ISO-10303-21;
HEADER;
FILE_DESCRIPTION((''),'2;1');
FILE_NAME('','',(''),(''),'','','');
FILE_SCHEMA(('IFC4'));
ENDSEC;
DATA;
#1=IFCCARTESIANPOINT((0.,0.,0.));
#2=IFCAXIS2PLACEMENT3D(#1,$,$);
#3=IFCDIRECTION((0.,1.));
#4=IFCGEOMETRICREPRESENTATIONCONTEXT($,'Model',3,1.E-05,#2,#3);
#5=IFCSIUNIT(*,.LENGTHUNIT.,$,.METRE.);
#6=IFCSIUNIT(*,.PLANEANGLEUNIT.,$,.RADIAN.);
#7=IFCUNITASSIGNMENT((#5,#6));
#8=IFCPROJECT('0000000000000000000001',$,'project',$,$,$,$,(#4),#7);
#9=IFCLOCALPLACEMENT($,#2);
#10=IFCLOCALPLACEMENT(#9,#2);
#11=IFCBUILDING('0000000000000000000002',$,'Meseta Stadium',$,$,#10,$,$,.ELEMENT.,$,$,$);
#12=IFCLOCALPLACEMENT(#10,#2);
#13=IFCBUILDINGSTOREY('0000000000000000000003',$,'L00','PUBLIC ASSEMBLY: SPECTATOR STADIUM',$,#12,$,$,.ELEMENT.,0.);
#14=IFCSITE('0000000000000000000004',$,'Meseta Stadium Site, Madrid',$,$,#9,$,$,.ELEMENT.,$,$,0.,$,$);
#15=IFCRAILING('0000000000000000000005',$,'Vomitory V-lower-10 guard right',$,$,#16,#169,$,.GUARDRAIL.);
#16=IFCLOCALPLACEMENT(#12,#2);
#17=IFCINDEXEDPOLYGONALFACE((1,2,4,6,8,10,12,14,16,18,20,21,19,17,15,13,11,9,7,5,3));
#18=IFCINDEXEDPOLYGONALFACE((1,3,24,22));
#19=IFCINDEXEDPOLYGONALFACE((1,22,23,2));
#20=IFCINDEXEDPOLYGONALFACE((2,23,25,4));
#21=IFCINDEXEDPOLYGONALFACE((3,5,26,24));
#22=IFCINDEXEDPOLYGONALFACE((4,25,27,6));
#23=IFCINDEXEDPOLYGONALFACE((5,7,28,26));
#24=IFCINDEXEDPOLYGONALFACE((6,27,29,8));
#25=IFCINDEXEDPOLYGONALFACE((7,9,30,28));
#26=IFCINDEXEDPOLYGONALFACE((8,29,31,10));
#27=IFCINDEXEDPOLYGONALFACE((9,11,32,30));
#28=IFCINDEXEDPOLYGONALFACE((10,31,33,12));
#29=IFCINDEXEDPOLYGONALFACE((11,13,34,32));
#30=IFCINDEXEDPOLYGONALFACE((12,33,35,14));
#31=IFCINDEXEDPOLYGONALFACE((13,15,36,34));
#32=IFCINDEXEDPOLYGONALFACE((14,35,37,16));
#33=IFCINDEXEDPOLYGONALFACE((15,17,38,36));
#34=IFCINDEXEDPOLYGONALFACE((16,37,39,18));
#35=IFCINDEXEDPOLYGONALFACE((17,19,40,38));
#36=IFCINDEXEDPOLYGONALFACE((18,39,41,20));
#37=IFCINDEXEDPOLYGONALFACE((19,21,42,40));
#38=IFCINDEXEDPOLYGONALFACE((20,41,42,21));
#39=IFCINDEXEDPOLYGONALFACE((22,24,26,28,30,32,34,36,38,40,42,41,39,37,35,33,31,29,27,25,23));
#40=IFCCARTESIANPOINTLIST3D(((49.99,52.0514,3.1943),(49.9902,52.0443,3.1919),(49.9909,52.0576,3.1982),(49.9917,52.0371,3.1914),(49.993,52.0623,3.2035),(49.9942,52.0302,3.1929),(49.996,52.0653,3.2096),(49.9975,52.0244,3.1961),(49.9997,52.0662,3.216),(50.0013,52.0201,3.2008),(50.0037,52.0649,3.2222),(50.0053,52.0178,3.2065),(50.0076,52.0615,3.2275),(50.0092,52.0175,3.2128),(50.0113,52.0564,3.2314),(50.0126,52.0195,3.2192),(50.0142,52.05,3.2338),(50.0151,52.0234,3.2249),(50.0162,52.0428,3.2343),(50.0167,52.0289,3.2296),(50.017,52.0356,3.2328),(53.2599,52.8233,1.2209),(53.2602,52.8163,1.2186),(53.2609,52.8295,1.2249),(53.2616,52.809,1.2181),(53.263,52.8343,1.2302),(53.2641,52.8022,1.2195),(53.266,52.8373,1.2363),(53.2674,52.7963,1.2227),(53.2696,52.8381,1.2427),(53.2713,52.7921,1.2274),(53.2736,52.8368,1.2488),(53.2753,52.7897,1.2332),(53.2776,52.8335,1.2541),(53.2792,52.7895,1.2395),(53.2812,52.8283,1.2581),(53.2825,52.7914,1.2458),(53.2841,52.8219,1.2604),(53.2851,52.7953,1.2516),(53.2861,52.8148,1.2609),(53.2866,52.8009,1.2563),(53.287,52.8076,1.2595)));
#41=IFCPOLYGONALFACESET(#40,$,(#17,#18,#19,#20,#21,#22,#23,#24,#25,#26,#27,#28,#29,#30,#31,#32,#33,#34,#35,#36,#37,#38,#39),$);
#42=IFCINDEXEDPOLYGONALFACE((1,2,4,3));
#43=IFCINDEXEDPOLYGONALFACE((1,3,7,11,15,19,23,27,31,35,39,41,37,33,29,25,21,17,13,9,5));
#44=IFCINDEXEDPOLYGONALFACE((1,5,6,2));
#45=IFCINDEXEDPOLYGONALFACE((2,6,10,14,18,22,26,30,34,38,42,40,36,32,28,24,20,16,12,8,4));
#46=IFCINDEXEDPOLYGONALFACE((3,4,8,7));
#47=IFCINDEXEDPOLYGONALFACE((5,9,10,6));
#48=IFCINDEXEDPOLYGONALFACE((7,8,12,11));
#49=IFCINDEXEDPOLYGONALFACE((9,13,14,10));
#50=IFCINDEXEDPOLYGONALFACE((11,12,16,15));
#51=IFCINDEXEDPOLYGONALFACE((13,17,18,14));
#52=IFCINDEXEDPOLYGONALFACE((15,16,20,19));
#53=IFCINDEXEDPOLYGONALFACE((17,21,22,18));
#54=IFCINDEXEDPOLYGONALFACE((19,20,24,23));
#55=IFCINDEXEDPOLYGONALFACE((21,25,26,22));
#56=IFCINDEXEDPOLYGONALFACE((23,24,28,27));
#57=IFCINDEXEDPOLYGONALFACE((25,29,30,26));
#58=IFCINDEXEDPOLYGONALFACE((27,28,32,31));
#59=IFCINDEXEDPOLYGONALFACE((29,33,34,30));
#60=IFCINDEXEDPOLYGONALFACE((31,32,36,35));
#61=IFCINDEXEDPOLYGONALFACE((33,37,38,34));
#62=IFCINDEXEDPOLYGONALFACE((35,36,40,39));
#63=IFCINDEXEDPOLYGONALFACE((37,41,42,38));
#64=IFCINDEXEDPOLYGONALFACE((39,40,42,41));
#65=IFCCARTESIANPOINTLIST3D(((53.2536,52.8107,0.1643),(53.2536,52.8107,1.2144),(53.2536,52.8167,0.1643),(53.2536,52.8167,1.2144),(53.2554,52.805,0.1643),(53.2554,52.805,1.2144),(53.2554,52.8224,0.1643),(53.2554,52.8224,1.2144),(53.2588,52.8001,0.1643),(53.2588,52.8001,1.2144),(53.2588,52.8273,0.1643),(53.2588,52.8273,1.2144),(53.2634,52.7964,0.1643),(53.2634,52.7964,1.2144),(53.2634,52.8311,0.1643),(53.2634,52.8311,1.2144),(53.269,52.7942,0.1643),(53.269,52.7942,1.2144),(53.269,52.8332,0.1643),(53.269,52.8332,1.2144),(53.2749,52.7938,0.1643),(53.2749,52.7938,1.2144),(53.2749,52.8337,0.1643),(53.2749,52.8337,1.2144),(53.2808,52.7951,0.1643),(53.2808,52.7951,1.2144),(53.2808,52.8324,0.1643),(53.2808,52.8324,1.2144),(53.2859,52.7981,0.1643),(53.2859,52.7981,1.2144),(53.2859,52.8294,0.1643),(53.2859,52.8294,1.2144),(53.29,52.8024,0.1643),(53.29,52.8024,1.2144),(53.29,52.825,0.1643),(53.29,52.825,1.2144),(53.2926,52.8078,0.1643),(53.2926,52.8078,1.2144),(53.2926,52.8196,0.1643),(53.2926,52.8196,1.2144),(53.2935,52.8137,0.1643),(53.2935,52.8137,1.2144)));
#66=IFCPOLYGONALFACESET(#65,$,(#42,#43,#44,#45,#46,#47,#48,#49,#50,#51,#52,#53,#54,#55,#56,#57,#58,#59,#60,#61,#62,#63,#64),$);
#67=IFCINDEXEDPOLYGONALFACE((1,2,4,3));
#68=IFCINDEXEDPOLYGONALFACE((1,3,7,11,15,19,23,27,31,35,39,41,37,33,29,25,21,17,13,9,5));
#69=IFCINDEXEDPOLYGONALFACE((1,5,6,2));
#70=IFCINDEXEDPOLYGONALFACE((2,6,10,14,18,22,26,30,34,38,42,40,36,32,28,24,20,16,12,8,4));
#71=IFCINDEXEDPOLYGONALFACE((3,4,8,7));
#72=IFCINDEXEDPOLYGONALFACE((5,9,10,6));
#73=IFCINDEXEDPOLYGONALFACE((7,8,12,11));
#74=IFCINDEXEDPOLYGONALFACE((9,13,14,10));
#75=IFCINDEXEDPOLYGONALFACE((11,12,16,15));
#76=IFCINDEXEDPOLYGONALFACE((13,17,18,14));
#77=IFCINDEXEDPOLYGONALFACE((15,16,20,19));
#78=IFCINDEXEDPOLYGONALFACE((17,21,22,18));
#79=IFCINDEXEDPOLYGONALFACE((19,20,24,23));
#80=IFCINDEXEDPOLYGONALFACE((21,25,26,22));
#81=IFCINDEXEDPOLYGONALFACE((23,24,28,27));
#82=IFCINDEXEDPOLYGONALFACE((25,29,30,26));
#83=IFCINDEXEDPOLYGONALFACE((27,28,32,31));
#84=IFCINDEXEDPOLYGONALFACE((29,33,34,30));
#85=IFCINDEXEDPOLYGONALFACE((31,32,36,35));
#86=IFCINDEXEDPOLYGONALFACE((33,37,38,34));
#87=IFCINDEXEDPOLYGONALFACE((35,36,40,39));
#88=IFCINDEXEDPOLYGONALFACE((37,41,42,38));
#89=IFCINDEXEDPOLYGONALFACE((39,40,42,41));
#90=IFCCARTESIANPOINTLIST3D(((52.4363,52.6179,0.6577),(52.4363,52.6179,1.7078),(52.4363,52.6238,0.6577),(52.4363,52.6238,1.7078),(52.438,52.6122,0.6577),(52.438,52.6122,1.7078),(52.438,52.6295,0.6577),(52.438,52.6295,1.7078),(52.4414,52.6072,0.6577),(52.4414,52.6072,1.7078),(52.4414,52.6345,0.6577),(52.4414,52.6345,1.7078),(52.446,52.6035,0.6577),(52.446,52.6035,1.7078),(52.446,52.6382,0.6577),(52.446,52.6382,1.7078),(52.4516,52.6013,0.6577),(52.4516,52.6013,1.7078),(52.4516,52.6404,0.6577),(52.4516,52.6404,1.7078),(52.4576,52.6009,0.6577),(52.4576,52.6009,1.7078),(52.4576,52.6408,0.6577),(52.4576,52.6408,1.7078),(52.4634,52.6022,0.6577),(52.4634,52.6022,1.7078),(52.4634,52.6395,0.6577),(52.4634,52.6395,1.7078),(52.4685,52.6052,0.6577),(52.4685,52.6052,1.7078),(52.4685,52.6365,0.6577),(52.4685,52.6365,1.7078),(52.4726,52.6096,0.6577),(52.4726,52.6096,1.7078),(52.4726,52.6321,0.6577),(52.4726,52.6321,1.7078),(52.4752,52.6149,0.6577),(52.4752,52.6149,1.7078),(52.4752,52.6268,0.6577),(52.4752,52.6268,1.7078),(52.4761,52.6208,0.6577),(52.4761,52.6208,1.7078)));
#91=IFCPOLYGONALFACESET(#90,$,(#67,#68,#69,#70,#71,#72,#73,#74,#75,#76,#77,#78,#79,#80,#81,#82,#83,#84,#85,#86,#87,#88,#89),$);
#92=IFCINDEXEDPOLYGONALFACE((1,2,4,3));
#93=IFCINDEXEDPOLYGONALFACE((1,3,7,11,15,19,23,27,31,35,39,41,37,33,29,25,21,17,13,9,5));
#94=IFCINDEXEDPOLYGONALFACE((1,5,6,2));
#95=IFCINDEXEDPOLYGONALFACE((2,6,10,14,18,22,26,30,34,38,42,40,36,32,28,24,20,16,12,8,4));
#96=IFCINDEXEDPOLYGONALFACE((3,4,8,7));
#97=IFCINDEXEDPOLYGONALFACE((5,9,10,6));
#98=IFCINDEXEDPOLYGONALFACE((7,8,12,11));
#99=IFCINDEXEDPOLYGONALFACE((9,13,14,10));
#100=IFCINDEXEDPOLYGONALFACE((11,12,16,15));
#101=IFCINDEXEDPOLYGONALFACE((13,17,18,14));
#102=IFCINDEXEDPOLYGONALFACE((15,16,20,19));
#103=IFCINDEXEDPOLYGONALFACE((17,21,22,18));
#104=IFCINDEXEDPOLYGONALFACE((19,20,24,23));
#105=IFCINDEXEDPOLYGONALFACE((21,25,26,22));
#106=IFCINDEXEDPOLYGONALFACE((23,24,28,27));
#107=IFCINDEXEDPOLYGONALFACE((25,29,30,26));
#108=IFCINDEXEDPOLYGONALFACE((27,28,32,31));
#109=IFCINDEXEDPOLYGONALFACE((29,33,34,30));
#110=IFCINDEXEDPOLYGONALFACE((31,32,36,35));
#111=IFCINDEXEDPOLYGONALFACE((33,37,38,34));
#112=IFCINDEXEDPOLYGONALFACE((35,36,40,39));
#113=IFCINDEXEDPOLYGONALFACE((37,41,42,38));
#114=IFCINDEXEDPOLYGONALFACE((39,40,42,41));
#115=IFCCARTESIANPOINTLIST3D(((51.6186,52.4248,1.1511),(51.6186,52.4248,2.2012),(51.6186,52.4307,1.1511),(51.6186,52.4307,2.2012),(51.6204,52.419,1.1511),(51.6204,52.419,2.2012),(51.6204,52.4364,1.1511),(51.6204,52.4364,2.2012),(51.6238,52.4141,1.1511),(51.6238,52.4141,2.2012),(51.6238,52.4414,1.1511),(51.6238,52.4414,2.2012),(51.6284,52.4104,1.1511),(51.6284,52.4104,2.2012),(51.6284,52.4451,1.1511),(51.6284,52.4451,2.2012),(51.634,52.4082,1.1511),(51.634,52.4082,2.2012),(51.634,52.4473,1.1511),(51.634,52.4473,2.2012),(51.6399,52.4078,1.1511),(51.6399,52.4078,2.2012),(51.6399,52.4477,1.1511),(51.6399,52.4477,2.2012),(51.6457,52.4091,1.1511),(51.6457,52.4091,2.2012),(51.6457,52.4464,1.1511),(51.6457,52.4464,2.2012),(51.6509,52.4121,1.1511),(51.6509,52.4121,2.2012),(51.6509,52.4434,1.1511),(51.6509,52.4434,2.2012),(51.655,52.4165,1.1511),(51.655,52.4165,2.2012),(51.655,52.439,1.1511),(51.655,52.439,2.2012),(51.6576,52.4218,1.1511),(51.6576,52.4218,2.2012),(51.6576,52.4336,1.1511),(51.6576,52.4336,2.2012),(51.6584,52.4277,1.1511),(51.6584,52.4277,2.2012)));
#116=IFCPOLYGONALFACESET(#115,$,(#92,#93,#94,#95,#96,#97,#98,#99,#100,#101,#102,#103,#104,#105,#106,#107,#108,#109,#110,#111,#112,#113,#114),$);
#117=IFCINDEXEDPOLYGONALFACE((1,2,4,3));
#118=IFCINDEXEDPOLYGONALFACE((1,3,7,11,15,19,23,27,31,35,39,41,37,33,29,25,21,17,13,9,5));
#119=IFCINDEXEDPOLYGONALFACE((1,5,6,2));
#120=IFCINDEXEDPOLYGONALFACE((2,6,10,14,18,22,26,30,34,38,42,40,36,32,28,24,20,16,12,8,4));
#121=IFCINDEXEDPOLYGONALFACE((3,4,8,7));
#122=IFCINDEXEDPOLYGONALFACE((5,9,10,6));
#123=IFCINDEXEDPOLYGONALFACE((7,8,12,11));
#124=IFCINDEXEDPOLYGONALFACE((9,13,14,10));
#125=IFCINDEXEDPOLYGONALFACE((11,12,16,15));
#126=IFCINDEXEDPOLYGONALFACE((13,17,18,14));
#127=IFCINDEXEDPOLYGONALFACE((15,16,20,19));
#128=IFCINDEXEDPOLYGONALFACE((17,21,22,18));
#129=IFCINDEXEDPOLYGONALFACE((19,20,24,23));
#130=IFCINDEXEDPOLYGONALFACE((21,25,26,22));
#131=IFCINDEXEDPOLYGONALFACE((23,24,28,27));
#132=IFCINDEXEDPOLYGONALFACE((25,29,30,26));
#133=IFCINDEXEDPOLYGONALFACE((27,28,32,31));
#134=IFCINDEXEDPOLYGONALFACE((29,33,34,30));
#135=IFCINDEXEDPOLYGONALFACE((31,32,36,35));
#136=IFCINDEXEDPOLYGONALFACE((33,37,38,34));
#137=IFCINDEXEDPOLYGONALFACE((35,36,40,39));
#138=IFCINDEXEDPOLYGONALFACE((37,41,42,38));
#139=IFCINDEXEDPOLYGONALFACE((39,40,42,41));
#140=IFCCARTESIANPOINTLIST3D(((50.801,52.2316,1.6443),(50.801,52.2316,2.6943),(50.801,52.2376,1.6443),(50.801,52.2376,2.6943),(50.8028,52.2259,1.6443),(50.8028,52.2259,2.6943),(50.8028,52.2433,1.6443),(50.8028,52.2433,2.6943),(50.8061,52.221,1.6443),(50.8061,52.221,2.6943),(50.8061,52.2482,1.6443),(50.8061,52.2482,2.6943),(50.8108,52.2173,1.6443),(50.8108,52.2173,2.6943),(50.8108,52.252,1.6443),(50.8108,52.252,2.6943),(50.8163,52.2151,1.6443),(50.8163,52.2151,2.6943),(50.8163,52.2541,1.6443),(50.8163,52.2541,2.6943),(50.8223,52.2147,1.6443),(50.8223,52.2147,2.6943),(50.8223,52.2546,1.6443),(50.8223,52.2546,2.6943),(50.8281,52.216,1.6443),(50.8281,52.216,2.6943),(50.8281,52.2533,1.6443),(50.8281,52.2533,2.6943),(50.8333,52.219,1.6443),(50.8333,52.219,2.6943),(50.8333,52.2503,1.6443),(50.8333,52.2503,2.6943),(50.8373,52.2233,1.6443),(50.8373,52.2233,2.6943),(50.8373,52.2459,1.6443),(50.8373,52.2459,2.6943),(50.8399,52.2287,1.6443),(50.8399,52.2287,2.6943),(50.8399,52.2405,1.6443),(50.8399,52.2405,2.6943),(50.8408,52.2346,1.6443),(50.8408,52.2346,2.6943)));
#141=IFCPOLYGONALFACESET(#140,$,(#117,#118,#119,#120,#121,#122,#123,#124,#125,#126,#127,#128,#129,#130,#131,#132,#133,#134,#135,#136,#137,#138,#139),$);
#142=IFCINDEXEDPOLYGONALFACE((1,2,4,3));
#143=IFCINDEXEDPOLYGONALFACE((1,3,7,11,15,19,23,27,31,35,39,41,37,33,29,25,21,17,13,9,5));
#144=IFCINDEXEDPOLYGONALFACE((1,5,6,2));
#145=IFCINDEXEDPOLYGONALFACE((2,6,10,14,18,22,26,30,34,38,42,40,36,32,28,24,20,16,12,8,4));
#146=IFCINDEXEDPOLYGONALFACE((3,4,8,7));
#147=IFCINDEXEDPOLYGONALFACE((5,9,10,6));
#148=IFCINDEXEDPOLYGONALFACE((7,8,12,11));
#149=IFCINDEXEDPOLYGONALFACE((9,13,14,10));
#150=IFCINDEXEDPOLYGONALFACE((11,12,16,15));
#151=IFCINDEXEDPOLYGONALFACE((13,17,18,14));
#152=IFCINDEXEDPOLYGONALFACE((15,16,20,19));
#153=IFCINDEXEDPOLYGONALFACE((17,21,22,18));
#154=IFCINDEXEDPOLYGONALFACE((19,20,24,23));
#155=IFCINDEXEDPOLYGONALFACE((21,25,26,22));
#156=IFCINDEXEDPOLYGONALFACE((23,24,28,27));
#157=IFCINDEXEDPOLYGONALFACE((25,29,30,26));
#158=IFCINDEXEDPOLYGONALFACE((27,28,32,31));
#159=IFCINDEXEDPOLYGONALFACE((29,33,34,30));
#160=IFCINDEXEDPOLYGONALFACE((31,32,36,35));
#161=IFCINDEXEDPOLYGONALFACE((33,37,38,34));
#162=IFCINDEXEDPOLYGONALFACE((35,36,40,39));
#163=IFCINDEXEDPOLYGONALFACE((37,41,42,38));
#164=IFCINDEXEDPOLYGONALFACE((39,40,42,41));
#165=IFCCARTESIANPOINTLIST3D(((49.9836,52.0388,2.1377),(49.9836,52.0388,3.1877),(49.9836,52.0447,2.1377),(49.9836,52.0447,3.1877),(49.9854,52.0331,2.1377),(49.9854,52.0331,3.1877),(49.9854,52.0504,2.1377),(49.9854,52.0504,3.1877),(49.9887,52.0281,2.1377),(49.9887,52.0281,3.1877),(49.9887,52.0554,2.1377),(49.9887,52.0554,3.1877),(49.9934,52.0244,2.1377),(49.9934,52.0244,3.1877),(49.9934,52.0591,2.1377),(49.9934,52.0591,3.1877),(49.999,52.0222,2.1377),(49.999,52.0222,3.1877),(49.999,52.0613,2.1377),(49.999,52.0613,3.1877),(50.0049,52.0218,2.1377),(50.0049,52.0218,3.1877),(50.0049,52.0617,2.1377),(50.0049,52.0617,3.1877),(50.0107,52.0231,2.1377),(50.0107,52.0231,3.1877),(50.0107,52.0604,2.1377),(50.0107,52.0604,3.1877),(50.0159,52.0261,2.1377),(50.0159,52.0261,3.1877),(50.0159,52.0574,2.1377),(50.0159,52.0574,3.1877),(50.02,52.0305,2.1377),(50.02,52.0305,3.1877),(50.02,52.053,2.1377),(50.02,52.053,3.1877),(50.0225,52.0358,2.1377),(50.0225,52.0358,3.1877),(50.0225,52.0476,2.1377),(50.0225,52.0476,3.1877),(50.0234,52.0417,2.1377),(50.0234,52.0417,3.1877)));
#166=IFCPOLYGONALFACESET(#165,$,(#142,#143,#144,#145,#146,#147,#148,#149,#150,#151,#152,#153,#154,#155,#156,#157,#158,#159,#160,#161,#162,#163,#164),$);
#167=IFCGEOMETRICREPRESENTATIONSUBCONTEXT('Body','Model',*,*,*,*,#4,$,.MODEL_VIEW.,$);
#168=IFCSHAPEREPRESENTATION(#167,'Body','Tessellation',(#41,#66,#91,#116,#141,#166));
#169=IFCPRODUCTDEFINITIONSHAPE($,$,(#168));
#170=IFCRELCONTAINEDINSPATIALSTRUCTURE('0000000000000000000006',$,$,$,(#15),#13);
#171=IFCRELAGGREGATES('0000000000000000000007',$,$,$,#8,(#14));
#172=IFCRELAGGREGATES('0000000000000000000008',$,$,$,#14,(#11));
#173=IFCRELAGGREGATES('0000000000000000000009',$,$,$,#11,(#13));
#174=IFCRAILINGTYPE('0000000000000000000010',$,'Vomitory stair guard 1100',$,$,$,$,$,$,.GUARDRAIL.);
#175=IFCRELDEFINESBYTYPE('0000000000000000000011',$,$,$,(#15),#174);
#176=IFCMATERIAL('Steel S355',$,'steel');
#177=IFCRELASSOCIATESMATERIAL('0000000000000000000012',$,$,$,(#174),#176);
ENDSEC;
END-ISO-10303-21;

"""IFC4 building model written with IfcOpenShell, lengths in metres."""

from ifc_helpers import new_model, si_unit, direction, frame, origin, origin_2d, place, context, subcontext, project, spatial, circle, extrude, material, type_object, element, save


model = new_model("IFC4")

# Units and contexts
model_context = context("Model", 3, precision=1e-05, world=origin(), true_north=direction((0.0, 1.0)))
body_context = subcontext(model_context, "Body", "Model", "MODEL_VIEW")
ifc_project = project(units=[si_unit("LENGTHUNIT", "METRE"), si_unit("PLANEANGLEUNIT", "RADIAN")], contexts=[model_context])

# Site, building, storey
site_placement = place(None, origin())
site = spatial("IfcSite", under=ifc_project, at=site_placement, Name="Meseta Stadium Site, Madrid", CompositionType="ELEMENT", RefElevation=0.0)
building_placement = place(site_placement, origin())
building = spatial("IfcBuilding", under=site, at=building_placement, Name="Meseta Stadium", CompositionType="ELEMENT")
storey_placement = place(building_placement, origin())
storey = spatial("IfcBuildingStorey", under=building, at=storey_placement, Name="L00", Description="PUBLIC ASSEMBLY: SPECTATOR STADIUM", CompositionType="ELEMENT", Elevation=0.0)

# Railing
ifc_material_1 = material(Name="Steel S355", Category="steel")
railing_type_1 = type_object("IfcRailingType", Name="Vomitory stair guard 1100", PredefinedType="GUARDRAIL", material=ifc_material_1)
railing_1_placement = place(storey_placement, frame((53.2734, 52.8137, 0.1643)))
element("IfcRailing", 1, at=railing_1_placement, inside=storey, type_object=railing_type_1, Name="Vomitory V-lower-10 guard right", PredefinedType="GUARDRAIL", context=body_context, shape_type="SweptSolid", body=[
    extrude(circle(Radius=0.0249, at=origin_2d()), frame((0.0, 0.0, 1.0752), z_axis=(-0.839205, -0.198116, 0.506443), x_axis=(0.22976, -0.973247, 0.0)), (0.0, 0.0, 1.0), 3.8965),
    extrude(circle(Radius=0.02, at=origin_2d()), origin(), (0.0, 0.0, 1.0), 1.05),
    extrude(circle(Radius=0.02, at=origin_2d()), frame((-0.8174, -0.1929, 0.4934)), (0.0, 0.0, 1.0), 1.05),
    extrude(circle(Radius=0.02, at=origin_2d()), frame((-1.635, -0.386, 0.9868)), (0.0, 0.0, 1.0), 1.05),
    extrude(circle(Radius=0.02, at=origin_2d()), frame((-2.4526, -0.5791, 1.48)), (0.0, 0.0, 1.0), 1.05),
    extrude(circle(Radius=0.02, at=origin_2d()), frame((-3.27, -0.772, 1.9734)), (0.0, 0.0, 1.0), 1.05),
])

save(model, "model.ifc")
